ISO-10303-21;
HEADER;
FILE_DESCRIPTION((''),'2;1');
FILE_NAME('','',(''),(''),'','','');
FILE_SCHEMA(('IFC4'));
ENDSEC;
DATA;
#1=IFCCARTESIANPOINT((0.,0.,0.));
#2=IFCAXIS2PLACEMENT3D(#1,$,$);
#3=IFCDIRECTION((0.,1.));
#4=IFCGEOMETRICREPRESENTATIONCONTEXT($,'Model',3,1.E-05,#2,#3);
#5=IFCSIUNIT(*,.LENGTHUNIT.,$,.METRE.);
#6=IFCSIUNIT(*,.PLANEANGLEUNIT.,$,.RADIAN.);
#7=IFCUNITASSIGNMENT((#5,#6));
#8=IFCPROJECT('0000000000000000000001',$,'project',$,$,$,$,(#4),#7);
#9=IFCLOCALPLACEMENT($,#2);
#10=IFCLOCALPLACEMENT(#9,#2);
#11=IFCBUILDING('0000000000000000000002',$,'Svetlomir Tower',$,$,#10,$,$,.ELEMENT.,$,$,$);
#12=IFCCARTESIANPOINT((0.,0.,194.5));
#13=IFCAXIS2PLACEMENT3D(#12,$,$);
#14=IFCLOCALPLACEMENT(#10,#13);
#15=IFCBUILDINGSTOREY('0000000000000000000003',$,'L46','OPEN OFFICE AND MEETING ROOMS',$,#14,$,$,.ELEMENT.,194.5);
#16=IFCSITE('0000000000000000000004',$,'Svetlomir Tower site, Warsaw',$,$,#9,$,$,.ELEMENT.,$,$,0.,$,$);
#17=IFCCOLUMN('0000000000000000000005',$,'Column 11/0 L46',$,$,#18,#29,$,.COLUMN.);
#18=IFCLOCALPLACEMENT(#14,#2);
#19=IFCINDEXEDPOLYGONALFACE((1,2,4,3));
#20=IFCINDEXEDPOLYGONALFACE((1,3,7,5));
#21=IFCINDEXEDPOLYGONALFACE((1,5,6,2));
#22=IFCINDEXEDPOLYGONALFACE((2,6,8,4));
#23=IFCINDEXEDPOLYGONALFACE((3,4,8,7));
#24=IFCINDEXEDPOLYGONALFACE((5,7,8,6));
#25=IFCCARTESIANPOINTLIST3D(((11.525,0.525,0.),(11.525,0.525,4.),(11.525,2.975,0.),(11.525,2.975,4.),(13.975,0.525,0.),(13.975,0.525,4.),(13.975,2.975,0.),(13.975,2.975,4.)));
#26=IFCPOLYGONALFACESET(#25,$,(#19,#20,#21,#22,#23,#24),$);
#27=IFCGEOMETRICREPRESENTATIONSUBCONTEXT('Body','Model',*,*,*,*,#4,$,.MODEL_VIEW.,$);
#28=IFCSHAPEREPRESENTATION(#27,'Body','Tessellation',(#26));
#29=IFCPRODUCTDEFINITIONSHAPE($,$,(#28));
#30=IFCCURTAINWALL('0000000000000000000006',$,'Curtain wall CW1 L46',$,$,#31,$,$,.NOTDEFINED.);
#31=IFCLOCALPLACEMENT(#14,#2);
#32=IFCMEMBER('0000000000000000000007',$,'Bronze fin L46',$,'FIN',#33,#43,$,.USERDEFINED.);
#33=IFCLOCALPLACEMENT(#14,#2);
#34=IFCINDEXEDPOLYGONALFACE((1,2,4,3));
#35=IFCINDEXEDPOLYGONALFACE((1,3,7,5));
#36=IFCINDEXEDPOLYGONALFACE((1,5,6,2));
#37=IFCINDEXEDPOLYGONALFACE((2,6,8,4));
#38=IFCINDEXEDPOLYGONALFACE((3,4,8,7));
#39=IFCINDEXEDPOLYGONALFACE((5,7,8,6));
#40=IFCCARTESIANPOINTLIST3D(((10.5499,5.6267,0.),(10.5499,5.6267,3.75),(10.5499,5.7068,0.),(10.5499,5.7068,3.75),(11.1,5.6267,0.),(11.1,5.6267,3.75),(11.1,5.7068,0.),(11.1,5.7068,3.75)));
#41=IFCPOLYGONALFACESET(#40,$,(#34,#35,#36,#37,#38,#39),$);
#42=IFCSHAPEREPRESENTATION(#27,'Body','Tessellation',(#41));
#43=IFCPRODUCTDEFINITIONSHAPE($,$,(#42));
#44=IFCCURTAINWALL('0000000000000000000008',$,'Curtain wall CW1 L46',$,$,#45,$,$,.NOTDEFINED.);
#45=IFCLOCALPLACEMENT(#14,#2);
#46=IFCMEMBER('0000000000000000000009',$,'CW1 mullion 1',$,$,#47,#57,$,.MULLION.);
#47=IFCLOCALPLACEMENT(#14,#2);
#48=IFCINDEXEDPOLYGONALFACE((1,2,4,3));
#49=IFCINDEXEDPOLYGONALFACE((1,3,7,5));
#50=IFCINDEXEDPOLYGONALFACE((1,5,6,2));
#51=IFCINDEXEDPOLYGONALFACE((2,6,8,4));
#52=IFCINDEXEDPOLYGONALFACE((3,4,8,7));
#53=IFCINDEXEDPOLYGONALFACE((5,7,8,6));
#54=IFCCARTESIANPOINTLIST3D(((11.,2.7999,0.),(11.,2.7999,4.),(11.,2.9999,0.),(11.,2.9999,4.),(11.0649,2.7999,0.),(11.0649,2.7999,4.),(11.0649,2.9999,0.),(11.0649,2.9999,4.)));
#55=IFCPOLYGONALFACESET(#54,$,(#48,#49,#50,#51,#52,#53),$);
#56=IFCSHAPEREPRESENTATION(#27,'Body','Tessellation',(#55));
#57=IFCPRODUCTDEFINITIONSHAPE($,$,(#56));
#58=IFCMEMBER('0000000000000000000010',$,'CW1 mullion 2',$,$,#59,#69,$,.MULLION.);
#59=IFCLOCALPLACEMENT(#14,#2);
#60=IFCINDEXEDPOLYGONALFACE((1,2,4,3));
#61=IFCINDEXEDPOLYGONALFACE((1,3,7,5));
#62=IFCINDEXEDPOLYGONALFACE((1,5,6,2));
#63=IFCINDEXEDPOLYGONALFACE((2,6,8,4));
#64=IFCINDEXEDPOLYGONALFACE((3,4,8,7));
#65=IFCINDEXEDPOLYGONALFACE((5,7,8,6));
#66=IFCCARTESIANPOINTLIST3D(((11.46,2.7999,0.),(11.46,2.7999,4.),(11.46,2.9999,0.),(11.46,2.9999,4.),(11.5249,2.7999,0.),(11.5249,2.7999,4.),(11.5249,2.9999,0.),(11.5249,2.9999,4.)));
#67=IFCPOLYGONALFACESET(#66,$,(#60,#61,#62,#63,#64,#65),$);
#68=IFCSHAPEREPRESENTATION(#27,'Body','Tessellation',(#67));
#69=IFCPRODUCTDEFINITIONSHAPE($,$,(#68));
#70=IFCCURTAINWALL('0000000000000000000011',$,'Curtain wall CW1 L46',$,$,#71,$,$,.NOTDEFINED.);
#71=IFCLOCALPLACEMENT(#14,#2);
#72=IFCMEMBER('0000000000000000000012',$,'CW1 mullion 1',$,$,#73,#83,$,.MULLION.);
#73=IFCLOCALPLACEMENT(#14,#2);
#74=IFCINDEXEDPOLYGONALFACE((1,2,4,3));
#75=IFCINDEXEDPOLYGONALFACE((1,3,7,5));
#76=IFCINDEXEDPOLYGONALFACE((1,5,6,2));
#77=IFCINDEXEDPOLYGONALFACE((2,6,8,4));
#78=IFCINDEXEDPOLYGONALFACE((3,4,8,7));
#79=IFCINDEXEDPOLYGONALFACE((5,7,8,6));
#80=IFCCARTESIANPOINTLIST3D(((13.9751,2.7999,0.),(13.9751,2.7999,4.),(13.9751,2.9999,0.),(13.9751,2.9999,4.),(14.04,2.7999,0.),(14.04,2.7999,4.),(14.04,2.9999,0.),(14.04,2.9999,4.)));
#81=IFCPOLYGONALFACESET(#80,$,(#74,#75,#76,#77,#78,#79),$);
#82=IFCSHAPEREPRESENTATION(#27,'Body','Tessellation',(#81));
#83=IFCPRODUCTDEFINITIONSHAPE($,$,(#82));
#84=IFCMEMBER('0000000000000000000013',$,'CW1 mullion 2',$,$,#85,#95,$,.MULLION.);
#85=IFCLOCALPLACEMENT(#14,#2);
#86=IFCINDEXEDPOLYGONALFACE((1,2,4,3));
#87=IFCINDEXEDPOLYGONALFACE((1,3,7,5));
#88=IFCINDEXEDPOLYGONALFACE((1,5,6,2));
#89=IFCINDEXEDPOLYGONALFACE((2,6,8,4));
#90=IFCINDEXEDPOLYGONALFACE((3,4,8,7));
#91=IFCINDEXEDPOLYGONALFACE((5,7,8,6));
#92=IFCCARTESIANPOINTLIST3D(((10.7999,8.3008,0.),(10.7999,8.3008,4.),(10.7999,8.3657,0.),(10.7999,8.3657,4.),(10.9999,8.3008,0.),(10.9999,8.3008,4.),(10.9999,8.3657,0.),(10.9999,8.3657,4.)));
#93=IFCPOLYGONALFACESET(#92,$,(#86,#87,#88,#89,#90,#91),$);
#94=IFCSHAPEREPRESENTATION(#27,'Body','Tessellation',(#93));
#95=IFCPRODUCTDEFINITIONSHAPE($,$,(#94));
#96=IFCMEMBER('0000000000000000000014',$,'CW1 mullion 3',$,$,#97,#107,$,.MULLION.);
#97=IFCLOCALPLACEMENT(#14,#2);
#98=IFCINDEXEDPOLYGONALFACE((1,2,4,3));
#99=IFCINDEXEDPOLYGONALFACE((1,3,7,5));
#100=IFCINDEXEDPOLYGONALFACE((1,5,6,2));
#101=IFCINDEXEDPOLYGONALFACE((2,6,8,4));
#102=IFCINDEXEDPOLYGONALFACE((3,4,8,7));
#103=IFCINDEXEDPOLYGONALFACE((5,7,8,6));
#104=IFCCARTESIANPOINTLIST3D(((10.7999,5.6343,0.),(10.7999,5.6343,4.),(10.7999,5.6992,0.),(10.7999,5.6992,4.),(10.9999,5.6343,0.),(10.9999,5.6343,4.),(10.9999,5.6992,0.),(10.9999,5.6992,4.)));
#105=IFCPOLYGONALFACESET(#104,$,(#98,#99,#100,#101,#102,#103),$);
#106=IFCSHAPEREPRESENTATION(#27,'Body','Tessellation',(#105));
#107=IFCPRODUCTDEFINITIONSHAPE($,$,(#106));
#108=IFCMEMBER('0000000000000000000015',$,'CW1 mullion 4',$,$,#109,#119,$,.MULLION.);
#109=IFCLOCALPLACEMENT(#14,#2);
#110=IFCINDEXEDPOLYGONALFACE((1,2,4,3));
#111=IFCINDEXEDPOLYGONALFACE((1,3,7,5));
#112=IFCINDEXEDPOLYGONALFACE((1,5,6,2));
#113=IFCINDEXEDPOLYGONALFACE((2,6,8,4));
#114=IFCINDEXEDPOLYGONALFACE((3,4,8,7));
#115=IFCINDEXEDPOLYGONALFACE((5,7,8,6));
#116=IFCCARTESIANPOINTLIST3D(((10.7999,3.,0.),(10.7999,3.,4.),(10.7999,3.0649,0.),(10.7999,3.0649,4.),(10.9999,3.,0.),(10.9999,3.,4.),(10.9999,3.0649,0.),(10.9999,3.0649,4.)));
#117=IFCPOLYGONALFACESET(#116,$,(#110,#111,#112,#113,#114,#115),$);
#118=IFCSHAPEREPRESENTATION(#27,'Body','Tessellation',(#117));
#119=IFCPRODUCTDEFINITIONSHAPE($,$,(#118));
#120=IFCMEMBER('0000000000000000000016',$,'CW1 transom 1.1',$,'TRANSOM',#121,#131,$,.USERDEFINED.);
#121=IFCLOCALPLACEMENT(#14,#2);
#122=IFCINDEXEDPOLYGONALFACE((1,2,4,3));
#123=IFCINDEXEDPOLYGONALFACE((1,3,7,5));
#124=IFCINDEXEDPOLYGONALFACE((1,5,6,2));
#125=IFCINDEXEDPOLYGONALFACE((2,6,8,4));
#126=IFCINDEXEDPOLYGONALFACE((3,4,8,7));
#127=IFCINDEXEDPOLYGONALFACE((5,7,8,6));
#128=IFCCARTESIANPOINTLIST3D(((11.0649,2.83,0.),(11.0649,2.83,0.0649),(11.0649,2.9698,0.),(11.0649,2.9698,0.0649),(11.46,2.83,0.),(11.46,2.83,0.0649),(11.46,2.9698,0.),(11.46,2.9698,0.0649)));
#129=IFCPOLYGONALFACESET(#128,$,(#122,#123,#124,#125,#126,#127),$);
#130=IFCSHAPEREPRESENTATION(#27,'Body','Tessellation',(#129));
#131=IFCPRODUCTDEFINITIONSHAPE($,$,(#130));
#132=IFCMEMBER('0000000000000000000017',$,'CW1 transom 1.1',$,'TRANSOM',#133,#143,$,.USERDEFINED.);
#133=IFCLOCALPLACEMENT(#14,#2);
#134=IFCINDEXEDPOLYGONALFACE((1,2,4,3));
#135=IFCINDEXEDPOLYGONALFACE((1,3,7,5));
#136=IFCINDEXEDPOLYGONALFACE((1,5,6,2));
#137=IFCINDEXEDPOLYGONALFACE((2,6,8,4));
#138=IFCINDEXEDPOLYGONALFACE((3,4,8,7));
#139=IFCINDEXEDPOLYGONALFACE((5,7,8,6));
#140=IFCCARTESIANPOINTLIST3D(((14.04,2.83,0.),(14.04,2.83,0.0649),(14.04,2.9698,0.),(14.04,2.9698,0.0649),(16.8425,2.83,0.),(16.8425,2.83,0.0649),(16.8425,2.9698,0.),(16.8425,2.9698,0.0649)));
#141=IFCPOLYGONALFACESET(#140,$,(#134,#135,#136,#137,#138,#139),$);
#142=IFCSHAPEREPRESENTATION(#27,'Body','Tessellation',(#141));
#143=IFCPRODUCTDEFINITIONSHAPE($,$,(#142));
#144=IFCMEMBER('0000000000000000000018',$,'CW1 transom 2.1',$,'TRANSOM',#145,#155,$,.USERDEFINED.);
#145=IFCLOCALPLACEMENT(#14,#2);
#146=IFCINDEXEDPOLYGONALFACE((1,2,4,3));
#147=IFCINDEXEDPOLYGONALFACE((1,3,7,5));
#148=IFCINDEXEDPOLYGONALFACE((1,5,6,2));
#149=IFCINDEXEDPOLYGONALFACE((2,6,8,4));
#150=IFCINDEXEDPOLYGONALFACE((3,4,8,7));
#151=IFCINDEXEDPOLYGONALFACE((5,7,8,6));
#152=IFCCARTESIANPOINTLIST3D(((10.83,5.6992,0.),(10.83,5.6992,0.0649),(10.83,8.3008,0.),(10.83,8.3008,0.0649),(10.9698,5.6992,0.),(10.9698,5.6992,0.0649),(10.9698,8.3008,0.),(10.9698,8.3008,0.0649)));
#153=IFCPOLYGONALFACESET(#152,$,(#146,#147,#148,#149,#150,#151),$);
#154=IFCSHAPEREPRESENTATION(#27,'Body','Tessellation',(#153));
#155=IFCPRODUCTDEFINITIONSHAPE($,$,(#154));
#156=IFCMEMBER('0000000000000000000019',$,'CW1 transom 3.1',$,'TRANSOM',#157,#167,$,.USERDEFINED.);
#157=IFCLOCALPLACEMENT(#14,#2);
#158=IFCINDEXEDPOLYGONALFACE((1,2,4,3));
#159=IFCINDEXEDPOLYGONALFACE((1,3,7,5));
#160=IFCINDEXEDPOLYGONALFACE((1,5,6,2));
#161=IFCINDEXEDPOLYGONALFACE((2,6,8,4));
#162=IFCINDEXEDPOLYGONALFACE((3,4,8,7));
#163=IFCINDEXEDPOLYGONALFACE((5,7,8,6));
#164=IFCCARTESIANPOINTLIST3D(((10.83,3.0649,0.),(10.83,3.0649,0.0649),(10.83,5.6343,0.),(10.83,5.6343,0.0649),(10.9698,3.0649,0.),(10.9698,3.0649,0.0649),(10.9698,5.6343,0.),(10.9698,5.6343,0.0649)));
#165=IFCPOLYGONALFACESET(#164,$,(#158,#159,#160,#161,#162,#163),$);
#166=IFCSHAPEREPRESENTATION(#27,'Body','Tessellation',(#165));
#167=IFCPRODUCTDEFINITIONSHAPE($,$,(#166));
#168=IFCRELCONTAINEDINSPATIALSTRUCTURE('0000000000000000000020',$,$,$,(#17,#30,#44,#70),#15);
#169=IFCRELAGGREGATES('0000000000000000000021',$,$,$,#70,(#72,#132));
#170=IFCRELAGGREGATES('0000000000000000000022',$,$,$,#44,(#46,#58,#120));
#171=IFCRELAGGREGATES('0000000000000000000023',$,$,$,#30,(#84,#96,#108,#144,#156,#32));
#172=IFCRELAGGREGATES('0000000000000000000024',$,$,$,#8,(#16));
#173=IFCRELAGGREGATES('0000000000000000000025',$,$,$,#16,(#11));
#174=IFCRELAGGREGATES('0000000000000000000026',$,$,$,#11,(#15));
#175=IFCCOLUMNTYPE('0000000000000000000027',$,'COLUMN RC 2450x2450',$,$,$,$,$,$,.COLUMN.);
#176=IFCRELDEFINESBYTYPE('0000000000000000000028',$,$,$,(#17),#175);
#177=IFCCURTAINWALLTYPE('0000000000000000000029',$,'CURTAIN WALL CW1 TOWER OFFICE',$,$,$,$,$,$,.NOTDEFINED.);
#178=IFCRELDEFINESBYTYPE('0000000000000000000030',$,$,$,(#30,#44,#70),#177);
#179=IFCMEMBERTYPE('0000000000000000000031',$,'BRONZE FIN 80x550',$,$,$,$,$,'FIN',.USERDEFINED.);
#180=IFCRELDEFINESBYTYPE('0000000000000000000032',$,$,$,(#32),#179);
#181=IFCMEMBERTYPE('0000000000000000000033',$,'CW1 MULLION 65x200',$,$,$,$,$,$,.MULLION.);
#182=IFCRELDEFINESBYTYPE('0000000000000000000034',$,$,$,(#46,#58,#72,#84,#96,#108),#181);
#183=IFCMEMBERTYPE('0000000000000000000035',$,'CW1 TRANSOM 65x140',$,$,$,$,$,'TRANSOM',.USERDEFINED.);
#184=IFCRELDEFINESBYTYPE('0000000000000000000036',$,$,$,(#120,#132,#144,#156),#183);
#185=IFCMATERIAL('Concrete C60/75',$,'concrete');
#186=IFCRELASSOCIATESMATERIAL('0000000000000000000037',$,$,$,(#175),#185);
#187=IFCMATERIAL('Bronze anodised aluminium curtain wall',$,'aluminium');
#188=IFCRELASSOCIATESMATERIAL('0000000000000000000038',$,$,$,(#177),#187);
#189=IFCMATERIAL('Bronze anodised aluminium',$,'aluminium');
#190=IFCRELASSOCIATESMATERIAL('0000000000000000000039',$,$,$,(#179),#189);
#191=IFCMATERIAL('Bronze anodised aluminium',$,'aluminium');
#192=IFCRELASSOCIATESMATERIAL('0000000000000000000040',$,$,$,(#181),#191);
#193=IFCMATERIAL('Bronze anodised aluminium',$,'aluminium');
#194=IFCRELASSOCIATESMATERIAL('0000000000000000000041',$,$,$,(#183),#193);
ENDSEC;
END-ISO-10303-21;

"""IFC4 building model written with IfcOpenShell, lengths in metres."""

from ifc_helpers import new_model, si_unit, direction, frame, origin, origin_2d, place, context, subcontext, project, spatial, rectangle, extrude, material, material_profile, profile_set, type_object, element, aggregate, save


model = new_model("IFC4")

# Units and contexts
model_context = context("Model", 3, precision=1e-05, world=origin(), true_north=direction((0.0, 1.0)))
body_context = subcontext(model_context, "Body", "Model", "MODEL_VIEW")
ifc_project = project(units=[si_unit("LENGTHUNIT", "METRE"), si_unit("PLANEANGLEUNIT", "RADIAN")], contexts=[model_context])

# Site, building, storey
site_placement = place(None, origin())
site = spatial("IfcSite", under=ifc_project, at=site_placement, Name="Svetlomir Tower site, Warsaw", CompositionType="ELEMENT", RefElevation=0.0)
building_placement = place(site_placement, origin())
building = spatial("IfcBuilding", under=site, at=building_placement, Name="Svetlomir Tower", CompositionType="ELEMENT")
storey_placement = place(building_placement, frame((0.0, 0.0, 194.5)))
storey = spatial("IfcBuildingStorey", under=building, at=storey_placement, Name="L46", Description="OPEN OFFICE AND MEETING ROOMS", CompositionType="ELEMENT", Elevation=194.5)

# Column
ifc_material_1 = material(Name="Concrete C60/75", Category="concrete")
ifc_material_profile_1 = material_profile(ifc_material_1, rectangle(XDim=2.45, YDim=2.45, at=origin_2d()), Name="RC 2450x2450")
ifc_profile_set_1 = profile_set([ifc_material_profile_1], Name="Concrete C60/75")
column_type = type_object("IfcColumnType", Name="COLUMN RC 2450x2450", PredefinedType="COLUMN", material=ifc_profile_set_1)
column_placement = place(storey_placement, frame((12.75, 1.75, 0.0), z_axis=(0.0, 0.0, 1.0), x_axis=(1.0, 0.0, 0.0)))
element("IfcColumn", 1, at=column_placement, inside=storey, type_object=column_type, Name="Column 11/0 L46", PredefinedType="COLUMN", context=body_context, shape_type="SweptSolid", body=[
    extrude(rectangle(XDim=2.45, YDim=2.45, at=origin_2d()), origin(), (0.0, 0.0, 1.0), 4.0),
])

# Curtain wall, member
ifc_material_2 = material(Name="Bronze anodised aluminium curtain wall", Category="aluminium")
curtain_wall_type = type_object("IfcCurtainWallType", Name="CURTAIN WALL CW1 TOWER OFFICE", PredefinedType="NOTDEFINED", material=ifc_material_2)
curtain_wall_1_placement = place(storey_placement, origin())
curtain_wall_1 = element("IfcCurtainWall", 2, at=curtain_wall_1_placement, inside=storey, type_object=curtain_wall_type, Name="Curtain wall CW1 L46", PredefinedType="NOTDEFINED")
ifc_material_3 = material(Name="Bronze anodised aluminium", Category="aluminium")
ifc_material_profile_2 = material_profile(ifc_material_3, rectangle(XDim=0.0801, YDim=0.55, at=origin_2d()), Name="FIN 80x550")
ifc_profile_set_2 = profile_set([ifc_material_profile_2], Name="Bronze anodised aluminium 6063-T6")
member_type_1 = type_object("IfcMemberType", Name="BRONZE FIN 80x550", ElementType="FIN", PredefinedType="USERDEFINED", material=ifc_profile_set_2)
member_1_placement = place(storey_placement, frame((10.825, 5.6667, 0.0), z_axis=(0.0, 0.0, 1.0), x_axis=(0.0, 1.0, 0.0)))
member_1 = element("IfcMember", 3, at=member_1_placement, type_object=member_type_1, Name="Bronze fin L46", ObjectType="FIN", PredefinedType="USERDEFINED", context=body_context, shape_type="SweptSolid", body=[
    extrude(rectangle(XDim=0.0801, YDim=0.55, at=origin_2d()), origin(), (0.0, 0.0, 1.0), 3.75),
])

# Curtain wall, members
curtain_wall_2_placement = place(storey_placement, origin())
curtain_wall_2 = element("IfcCurtainWall", 4, at=curtain_wall_2_placement, inside=storey, type_object=curtain_wall_type, Name="Curtain wall CW1 L46", PredefinedType="NOTDEFINED")
ifc_material_4 = material(Name="Bronze anodised aluminium", Category="aluminium")
ifc_material_profile_3 = material_profile(ifc_material_4, rectangle(XDim=0.0649, YDim=0.2, at=origin_2d()), Name="AL 65x200")
ifc_profile_set_3 = profile_set([ifc_material_profile_3], Name="Bronze anodised aluminium 6063-T6")
member_type_2 = type_object("IfcMemberType", Name="CW1 MULLION 65x200", PredefinedType="MULLION", material=ifc_profile_set_3)
member_2_placement = place(storey_placement, frame((11.0325, 2.8999, 0.0), z_axis=(0.0, 0.0, 1.0), x_axis=(1.0, 0.0, 0.0)))
member_2 = element("IfcMember", 5, at=member_2_placement, type_object=member_type_2, Name="CW1 mullion 1", PredefinedType="MULLION", context=body_context, shape_type="SweptSolid", body=[
    extrude(rectangle(XDim=0.0649, YDim=0.2, at=origin_2d()), origin(), (0.0, 0.0, 1.0), 4.0),
])
member_3_placement = place(storey_placement, frame((11.4924, 2.8999, 0.0), z_axis=(0.0, 0.0, 1.0), x_axis=(1.0, 0.0, 0.0)))
member_3 = element("IfcMember", 6, at=member_3_placement, type_object=member_type_2, Name="CW1 mullion 2", PredefinedType="MULLION", context=body_context, shape_type="SweptSolid", body=[
    extrude(rectangle(XDim=0.0649, YDim=0.2, at=origin_2d()), origin(), (0.0, 0.0, 1.0), 4.0),
])

# Curtain wall, member
curtain_wall_3_placement = place(storey_placement, origin())
curtain_wall_3 = element("IfcCurtainWall", 7, at=curtain_wall_3_placement, inside=storey, type_object=curtain_wall_type, Name="Curtain wall CW1 L46", PredefinedType="NOTDEFINED")
member_4_placement = place(storey_placement, frame((14.0076, 2.8999, 0.0), z_axis=(0.0, 0.0, 1.0), x_axis=(1.0, 0.0, 0.0)))
member_4 = element("IfcMember", 8, at=member_4_placement, type_object=member_type_2, Name="CW1 mullion 1", PredefinedType="MULLION", context=body_context, shape_type="SweptSolid", body=[
    extrude(rectangle(XDim=0.0649, YDim=0.2, at=origin_2d()), origin(), (0.0, 0.0, 1.0), 4.0),
])

# Members
member_5_placement = place(storey_placement, frame((10.8999, 8.3333, 0.0), z_axis=(0.0, 0.0, 1.0), x_axis=(0.0, -1.0, 0.0)))
member_5 = element("IfcMember", 9, at=member_5_placement, type_object=member_type_2, Name="CW1 mullion 2", PredefinedType="MULLION", context=body_context, shape_type="SweptSolid", body=[
    extrude(rectangle(XDim=0.0649, YDim=0.2, at=origin_2d()), origin(), (0.0, 0.0, 1.0), 4.0),
])
member_6_placement = place(storey_placement, frame((10.8999, 5.6667, 0.0), z_axis=(0.0, 0.0, 1.0), x_axis=(0.0, -1.0, 0.0)))
member_6 = element("IfcMember", 10, at=member_6_placement, type_object=member_type_2, Name="CW1 mullion 3", PredefinedType="MULLION", context=body_context, shape_type="SweptSolid", body=[
    extrude(rectangle(XDim=0.0649, YDim=0.2, at=origin_2d()), origin(), (0.0, 0.0, 1.0), 4.0),
])
member_7_placement = place(storey_placement, frame((10.8999, 3.0325, 0.0), z_axis=(0.0, 0.0, 1.0), x_axis=(0.0, -1.0, 0.0)))
member_7 = element("IfcMember", 11, at=member_7_placement, type_object=member_type_2, Name="CW1 mullion 4", PredefinedType="MULLION", context=body_context, shape_type="SweptSolid", body=[
    extrude(rectangle(XDim=0.0649, YDim=0.2, at=origin_2d()), origin(), (0.0, 0.0, 1.0), 4.0),
])
ifc_material_5 = material(Name="Bronze anodised aluminium", Category="aluminium")
ifc_material_profile_4 = material_profile(ifc_material_5, rectangle(XDim=0.1399, YDim=0.0649, at=origin_2d()), Name="AL 140x65")
ifc_profile_set_4 = profile_set([ifc_material_profile_4], Name="Bronze anodised aluminium 6063-T6")
member_type_3 = type_object("IfcMemberType", Name="CW1 TRANSOM 65x140", ElementType="TRANSOM", PredefinedType="USERDEFINED", material=ifc_profile_set_4)
member_8_placement = place(storey_placement, frame((11.0649, 2.8999, 0.0325), z_axis=(1.0, 0.0, 0.0), x_axis=(0.0, 1.0, 0.0)))
member_8 = element("IfcMember", 12, at=member_8_placement, type_object=member_type_3, Name="CW1 transom 1.1", ObjectType="TRANSOM", PredefinedType="USERDEFINED", context=body_context, shape_type="SweptSolid", body=[
    extrude(rectangle(XDim=0.1399, YDim=0.0649, at=origin_2d()), origin(), (0.0, 0.0, 1.0), 0.395),
])
member_9_placement = place(storey_placement, frame((14.04, 2.8999, 0.0325), z_axis=(1.0, 0.0, 0.0), x_axis=(0.0, 1.0, 0.0)))
member_9 = element("IfcMember", 13, at=member_9_placement, type_object=member_type_3, Name="CW1 transom 1.1", ObjectType="TRANSOM", PredefinedType="USERDEFINED", context=body_context, shape_type="SweptSolid", body=[
    extrude(rectangle(XDim=0.1399, YDim=0.0649, at=origin_2d()), origin(), (0.0, 0.0, 1.0), 2.8025),
])
aggregate(curtain_wall_3, [member_4, member_9])
member_10_placement = place(storey_placement, frame((10.8999, 8.3008, 0.0325), z_axis=(0.0, -1.0, 0.0), x_axis=(1.0, 0.0, 0.0)))
member_10 = element("IfcMember", 14, at=member_10_placement, type_object=member_type_3, Name="CW1 transom 2.1", ObjectType="TRANSOM", PredefinedType="USERDEFINED", context=body_context, shape_type="SweptSolid", body=[
    extrude(rectangle(XDim=0.1399, YDim=0.0649, at=origin_2d()), origin(), (0.0, 0.0, 1.0), 2.6016),
])
member_11_placement = place(storey_placement, frame((10.8999, 5.6343, 0.0325), z_axis=(0.0, -1.0, 0.0), x_axis=(1.0, 0.0, 0.0)))
member_11 = element("IfcMember", 15, at=member_11_placement, type_object=member_type_3, Name="CW1 transom 3.1", ObjectType="TRANSOM", PredefinedType="USERDEFINED", context=body_context, shape_type="SweptSolid", body=[
    extrude(rectangle(XDim=0.1399, YDim=0.0649, at=origin_2d()), origin(), (0.0, 0.0, 1.0), 2.5693),
])

aggregate(curtain_wall_2, [member_2, member_3, member_8])
aggregate(curtain_wall_1, [member_5, member_6, member_7, member_10, member_11, member_1])

save(model, "model.ifc")
